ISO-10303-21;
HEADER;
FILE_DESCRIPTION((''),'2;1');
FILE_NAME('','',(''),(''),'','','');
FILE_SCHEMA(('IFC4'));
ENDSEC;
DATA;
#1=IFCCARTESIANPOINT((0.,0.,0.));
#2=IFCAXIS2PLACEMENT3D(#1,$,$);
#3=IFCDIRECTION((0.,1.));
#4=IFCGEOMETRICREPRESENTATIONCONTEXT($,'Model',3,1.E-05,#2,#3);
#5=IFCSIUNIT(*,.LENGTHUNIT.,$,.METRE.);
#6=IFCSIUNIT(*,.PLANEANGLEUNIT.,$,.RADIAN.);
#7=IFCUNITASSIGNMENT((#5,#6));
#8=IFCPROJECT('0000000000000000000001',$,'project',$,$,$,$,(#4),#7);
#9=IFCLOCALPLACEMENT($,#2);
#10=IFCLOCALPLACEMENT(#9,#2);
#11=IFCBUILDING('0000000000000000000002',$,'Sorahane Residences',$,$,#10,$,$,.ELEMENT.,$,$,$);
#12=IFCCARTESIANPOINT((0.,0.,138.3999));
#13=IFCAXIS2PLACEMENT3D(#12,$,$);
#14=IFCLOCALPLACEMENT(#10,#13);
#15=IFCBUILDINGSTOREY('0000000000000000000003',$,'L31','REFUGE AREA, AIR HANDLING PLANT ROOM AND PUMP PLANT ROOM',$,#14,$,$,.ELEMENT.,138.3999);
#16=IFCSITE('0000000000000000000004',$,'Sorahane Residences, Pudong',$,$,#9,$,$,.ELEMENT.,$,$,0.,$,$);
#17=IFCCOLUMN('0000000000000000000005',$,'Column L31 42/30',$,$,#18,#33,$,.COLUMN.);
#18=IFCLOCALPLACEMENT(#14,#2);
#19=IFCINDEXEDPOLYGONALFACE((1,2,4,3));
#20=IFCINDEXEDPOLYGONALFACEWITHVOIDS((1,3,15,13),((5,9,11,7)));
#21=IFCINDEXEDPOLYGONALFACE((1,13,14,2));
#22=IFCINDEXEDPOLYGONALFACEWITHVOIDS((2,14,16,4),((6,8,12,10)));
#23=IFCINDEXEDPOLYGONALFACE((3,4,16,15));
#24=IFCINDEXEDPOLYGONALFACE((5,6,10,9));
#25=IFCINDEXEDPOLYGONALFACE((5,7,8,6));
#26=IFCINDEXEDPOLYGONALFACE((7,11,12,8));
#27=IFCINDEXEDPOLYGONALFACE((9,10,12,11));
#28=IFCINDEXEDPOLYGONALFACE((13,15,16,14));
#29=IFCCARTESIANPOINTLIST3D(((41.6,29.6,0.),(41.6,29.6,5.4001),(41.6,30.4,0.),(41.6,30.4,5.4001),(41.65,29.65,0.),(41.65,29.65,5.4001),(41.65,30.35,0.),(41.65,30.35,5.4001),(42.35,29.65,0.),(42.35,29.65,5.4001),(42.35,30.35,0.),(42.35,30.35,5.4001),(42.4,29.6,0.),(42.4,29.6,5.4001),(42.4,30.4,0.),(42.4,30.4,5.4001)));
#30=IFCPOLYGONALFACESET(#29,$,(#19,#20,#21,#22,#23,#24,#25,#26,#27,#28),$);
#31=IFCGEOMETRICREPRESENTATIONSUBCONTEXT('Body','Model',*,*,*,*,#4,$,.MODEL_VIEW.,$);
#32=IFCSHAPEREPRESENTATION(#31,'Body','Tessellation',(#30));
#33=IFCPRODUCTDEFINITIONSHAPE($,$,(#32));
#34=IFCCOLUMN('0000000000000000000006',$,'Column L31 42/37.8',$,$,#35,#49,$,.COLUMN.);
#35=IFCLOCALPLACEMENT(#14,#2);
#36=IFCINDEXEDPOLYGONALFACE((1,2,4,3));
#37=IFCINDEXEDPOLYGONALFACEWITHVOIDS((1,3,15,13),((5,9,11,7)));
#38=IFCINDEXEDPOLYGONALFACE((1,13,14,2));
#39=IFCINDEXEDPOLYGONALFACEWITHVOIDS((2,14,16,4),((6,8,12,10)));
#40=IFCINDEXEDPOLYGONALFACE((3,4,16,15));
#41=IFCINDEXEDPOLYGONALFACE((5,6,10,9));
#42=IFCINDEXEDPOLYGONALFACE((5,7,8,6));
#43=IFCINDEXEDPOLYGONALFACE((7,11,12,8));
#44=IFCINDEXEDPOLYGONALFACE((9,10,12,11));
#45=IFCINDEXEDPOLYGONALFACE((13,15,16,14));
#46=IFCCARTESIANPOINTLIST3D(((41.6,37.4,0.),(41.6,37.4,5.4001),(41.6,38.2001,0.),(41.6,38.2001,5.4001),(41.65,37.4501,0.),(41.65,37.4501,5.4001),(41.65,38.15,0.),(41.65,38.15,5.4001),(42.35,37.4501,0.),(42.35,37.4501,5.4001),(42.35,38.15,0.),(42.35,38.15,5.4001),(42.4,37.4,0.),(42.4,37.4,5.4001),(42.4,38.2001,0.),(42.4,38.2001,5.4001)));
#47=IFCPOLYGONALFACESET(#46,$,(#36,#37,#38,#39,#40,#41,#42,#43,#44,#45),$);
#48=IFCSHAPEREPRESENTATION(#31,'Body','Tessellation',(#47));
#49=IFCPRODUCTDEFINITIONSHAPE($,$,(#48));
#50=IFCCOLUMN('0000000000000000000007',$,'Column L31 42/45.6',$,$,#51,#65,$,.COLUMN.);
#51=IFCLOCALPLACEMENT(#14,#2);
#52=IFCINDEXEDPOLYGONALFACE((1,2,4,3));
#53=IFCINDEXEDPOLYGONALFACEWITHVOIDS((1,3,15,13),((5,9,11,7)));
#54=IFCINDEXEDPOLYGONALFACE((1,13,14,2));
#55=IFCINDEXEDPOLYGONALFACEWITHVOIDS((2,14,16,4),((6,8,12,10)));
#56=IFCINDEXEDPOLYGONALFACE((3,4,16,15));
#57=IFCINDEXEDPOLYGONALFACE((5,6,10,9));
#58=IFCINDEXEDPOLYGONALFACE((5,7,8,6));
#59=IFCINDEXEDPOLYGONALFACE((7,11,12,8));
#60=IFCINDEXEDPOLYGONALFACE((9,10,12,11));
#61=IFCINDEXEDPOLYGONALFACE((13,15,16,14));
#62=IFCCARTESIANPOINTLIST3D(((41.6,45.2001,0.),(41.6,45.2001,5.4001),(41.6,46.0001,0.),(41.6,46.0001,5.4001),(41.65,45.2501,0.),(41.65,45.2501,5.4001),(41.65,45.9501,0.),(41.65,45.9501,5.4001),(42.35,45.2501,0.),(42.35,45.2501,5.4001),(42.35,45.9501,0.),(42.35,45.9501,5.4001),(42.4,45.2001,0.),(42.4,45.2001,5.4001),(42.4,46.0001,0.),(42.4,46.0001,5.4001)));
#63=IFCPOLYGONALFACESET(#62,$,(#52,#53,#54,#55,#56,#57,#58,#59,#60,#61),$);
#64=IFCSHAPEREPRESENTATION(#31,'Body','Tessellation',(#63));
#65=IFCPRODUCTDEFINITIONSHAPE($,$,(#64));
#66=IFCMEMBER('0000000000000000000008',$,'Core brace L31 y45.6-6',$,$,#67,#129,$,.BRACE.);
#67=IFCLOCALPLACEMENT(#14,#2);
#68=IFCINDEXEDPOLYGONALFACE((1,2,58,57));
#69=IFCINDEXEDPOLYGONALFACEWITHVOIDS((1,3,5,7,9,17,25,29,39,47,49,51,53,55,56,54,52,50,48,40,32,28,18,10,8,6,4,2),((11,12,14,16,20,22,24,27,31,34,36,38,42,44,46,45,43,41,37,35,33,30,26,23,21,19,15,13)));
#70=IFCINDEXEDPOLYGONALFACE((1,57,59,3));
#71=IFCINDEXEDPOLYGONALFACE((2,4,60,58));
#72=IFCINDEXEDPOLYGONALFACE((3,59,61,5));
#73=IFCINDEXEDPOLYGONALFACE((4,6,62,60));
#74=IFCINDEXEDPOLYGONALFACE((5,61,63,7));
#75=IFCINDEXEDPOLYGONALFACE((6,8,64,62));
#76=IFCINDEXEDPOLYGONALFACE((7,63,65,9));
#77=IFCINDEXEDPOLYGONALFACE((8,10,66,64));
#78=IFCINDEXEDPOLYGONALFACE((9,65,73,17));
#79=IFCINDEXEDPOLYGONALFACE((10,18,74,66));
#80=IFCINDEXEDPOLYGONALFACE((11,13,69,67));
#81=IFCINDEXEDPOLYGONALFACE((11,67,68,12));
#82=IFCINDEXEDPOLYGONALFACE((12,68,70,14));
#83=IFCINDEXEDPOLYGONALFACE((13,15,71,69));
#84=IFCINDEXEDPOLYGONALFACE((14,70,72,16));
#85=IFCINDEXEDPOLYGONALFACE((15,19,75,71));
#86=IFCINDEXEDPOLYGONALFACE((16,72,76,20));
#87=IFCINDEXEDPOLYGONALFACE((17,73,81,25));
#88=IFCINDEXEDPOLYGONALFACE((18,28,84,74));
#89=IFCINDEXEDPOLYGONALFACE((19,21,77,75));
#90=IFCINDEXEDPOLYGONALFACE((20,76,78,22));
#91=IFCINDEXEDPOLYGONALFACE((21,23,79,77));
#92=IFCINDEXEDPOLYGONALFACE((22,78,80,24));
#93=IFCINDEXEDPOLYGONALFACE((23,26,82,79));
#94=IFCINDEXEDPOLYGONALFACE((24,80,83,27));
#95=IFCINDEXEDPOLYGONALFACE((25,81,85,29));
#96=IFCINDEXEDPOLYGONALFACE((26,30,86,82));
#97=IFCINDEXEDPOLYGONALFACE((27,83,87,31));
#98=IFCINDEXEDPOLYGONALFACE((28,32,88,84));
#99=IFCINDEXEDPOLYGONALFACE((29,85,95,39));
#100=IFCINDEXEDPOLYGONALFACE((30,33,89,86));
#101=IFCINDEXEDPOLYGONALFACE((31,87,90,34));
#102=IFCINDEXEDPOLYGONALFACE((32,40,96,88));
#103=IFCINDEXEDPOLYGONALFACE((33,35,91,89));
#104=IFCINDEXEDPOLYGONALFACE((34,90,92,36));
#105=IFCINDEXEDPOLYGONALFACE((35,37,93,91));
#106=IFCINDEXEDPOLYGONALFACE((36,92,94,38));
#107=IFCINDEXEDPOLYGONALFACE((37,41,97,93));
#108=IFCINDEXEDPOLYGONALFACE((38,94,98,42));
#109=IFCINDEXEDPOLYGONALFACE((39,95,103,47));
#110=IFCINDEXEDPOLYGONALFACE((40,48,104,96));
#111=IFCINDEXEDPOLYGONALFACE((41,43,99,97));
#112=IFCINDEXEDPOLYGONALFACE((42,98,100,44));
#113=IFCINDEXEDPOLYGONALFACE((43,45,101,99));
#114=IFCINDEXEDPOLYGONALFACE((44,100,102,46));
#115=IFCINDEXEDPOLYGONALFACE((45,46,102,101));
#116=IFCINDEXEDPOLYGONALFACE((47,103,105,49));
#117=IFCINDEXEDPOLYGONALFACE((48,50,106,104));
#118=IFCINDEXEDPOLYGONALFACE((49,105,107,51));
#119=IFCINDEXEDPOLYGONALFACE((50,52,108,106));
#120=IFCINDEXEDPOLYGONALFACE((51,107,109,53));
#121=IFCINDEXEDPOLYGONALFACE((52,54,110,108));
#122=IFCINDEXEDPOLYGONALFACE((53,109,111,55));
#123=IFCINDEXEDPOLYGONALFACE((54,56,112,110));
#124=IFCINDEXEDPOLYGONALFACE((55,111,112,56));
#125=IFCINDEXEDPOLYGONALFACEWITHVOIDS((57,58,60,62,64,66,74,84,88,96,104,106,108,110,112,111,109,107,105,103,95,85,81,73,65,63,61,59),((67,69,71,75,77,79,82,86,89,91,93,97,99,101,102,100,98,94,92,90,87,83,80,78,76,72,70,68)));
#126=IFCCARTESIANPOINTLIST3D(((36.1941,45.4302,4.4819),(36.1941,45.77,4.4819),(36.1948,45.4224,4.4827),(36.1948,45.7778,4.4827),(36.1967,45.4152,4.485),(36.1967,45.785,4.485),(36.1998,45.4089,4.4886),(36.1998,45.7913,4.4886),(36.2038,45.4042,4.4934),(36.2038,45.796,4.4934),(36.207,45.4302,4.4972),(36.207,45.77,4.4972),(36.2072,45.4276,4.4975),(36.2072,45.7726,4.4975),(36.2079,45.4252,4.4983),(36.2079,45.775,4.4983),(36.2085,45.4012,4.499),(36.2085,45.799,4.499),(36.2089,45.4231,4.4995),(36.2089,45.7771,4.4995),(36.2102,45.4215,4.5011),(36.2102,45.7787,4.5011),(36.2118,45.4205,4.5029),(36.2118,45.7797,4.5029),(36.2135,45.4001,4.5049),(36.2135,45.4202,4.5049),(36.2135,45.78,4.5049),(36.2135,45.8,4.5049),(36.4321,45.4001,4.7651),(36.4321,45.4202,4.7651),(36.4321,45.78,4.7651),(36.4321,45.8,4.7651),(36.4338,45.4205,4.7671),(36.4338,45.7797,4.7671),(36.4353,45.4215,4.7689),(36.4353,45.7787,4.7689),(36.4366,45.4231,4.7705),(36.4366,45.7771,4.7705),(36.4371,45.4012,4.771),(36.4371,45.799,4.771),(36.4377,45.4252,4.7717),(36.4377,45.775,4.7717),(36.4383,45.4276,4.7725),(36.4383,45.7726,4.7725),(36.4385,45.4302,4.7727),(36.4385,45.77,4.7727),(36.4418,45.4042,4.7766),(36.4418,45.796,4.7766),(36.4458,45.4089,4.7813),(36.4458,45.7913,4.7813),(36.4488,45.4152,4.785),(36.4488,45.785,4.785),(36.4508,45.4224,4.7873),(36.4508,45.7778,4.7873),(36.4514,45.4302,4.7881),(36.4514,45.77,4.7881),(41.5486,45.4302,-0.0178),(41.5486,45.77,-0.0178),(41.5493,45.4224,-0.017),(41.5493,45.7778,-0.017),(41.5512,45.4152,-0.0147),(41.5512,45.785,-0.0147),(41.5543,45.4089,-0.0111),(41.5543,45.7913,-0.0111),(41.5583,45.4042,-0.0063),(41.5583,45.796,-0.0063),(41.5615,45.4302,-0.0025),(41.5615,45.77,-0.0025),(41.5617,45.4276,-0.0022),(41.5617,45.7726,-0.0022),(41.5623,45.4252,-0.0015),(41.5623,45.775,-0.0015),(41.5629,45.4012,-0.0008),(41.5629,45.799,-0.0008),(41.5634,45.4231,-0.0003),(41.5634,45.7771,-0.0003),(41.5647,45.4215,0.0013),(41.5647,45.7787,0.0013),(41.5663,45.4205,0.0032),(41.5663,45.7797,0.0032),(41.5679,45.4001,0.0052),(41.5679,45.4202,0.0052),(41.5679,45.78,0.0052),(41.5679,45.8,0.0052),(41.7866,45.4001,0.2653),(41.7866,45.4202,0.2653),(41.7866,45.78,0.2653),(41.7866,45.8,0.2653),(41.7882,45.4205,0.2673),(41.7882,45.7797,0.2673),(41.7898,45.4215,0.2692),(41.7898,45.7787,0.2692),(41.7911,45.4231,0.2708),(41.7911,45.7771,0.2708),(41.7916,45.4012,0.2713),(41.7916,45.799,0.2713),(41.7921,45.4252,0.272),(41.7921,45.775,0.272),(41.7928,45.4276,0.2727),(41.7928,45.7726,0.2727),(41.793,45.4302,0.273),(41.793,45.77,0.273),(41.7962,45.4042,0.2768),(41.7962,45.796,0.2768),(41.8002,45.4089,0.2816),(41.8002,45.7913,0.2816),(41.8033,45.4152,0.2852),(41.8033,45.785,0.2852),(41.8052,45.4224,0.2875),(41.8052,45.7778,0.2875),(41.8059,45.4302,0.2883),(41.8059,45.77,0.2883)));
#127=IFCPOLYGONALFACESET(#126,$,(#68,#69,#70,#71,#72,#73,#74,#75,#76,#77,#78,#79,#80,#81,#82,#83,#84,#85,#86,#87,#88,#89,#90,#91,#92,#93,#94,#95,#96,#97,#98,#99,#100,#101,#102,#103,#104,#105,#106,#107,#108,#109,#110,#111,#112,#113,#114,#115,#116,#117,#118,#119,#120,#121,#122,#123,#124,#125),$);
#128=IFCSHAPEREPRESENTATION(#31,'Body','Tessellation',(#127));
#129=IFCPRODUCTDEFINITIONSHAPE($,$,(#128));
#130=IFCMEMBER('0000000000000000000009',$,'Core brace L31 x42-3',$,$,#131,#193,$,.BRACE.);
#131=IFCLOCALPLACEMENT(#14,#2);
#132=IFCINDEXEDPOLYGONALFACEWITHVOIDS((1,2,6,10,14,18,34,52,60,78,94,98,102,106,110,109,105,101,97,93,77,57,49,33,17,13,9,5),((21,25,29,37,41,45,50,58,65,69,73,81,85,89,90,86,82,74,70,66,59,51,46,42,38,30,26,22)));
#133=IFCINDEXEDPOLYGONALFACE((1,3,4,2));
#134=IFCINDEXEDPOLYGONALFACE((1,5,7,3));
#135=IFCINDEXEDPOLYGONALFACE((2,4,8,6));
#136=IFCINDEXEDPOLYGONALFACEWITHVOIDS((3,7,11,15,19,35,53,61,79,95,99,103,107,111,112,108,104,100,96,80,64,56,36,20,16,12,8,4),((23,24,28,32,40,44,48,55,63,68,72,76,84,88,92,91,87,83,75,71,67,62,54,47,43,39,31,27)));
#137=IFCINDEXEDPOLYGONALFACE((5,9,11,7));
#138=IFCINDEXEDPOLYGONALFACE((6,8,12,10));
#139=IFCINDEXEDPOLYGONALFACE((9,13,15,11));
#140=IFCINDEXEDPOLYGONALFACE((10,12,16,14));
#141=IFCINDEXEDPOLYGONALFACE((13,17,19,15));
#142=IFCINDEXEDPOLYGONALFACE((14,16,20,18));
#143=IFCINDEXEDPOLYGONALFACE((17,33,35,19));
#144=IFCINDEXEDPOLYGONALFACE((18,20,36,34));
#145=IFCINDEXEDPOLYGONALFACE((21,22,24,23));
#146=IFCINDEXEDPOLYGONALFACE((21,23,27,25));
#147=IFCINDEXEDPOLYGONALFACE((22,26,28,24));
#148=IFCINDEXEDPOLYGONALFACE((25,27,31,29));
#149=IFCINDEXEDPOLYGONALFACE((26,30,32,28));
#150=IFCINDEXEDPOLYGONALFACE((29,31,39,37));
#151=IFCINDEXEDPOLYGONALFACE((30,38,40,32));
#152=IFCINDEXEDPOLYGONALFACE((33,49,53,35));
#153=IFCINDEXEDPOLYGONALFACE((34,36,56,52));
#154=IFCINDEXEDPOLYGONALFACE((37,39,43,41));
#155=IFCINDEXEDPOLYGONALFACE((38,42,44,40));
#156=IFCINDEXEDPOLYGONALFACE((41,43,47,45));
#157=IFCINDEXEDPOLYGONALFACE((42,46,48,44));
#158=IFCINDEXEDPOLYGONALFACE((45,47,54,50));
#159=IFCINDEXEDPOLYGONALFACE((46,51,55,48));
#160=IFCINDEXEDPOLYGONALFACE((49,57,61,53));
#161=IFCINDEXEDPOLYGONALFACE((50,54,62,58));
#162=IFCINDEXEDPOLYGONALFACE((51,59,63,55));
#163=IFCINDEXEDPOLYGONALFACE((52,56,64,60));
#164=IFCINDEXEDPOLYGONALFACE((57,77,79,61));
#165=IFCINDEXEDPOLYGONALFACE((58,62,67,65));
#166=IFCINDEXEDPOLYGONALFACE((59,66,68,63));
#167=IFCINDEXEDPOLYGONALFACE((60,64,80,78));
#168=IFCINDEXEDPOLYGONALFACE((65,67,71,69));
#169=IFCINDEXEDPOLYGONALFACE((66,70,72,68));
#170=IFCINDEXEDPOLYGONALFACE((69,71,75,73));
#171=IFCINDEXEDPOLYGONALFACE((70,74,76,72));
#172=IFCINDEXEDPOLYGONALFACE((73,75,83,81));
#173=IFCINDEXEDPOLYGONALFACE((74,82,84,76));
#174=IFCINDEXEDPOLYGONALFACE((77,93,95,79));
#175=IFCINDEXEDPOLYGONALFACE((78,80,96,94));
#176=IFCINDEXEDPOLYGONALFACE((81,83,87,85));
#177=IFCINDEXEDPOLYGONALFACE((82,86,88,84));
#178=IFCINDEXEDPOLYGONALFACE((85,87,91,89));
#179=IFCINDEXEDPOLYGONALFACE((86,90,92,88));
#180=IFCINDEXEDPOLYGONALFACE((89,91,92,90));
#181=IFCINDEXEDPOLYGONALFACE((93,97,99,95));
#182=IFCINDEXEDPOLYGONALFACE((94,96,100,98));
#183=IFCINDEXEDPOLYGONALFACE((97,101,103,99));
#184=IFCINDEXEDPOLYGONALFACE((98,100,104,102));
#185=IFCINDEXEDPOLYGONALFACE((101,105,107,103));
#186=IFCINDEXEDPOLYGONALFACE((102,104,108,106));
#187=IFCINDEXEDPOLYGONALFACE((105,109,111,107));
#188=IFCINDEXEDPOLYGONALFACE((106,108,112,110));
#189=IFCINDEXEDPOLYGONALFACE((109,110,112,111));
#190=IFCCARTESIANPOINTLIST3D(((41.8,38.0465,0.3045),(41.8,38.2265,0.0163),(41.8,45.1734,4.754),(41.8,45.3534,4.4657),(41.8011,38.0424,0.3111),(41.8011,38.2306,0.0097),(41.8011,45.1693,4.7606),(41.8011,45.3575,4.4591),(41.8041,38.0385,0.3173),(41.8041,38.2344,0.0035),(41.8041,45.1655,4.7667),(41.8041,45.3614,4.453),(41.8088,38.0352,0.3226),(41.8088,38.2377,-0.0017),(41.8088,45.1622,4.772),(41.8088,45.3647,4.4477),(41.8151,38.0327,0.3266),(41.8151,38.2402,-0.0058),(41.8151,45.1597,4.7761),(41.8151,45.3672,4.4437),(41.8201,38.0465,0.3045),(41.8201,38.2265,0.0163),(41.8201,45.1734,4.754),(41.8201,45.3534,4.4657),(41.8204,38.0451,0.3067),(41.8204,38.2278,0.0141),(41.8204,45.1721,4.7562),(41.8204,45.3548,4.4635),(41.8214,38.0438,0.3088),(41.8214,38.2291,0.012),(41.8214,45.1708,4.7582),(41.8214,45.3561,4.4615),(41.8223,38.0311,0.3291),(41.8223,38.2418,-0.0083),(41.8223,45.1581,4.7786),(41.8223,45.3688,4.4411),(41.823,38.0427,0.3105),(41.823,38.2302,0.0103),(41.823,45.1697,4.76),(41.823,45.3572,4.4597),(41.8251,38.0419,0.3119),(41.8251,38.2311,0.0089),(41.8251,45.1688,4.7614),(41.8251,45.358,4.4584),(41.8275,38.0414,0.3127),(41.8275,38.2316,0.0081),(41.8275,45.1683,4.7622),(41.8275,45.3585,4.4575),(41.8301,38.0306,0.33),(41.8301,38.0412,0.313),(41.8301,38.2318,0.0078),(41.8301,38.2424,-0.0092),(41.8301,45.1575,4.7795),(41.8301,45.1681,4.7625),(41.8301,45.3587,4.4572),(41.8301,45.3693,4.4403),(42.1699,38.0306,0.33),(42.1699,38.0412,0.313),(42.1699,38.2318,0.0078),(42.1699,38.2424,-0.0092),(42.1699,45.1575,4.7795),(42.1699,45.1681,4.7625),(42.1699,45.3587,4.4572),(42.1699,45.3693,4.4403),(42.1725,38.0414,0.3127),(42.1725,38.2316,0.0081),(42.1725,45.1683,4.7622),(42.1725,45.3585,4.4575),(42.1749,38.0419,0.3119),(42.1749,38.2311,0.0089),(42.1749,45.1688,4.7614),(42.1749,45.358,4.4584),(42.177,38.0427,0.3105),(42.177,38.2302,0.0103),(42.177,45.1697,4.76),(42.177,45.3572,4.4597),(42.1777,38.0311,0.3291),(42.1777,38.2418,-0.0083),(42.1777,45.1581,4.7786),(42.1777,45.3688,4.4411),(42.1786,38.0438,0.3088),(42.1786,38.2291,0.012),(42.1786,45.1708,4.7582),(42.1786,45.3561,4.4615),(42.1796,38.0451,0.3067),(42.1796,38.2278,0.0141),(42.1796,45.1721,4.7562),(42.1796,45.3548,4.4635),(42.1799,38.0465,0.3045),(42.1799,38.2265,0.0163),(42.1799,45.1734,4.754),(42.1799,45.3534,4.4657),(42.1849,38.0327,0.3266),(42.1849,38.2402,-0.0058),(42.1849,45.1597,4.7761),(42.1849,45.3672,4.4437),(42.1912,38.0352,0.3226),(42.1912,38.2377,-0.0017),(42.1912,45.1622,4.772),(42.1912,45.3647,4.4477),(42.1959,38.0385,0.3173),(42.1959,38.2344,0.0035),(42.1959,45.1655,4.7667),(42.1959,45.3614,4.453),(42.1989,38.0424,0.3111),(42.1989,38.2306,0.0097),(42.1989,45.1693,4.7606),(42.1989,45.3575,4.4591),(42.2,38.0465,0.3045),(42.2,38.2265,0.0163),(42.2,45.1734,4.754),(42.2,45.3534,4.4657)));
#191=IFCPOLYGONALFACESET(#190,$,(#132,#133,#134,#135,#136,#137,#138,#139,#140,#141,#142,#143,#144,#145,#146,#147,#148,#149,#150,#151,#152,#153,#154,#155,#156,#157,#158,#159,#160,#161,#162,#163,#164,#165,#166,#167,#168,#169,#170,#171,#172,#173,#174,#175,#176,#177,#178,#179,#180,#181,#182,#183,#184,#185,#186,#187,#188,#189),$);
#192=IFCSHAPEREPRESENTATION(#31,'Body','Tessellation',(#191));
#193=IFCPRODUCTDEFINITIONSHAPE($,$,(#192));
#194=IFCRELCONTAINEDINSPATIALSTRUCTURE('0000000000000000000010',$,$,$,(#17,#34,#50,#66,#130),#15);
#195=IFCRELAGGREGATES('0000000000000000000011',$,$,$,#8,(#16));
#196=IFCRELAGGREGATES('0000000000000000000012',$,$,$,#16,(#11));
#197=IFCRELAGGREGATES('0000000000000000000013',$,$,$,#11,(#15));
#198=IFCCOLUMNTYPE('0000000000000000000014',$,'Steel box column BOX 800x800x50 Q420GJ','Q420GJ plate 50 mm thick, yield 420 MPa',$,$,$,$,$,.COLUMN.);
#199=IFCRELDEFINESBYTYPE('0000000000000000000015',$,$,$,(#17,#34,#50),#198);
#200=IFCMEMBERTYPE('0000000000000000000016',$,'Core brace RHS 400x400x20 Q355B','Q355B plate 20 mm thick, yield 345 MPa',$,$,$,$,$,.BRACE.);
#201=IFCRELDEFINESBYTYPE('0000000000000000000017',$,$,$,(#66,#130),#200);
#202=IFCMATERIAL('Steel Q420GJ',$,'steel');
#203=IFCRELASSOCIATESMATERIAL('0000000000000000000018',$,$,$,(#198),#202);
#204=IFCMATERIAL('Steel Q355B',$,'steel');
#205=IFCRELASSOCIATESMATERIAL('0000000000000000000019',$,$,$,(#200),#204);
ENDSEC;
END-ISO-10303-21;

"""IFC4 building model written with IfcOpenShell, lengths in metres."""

from ifc_helpers import new_model, si_unit, direction, frame, origin, origin_2d, place, context, subcontext, project, spatial, hollow_rectangle, extrude, material, material_profile, profile_set, type_object, element, save


model = new_model("IFC4")

# Units and contexts
model_context = context("Model", 3, precision=1e-05, world=origin(), true_north=direction((0.0, 1.0)))
body_context = subcontext(model_context, "Body", "Model", "MODEL_VIEW")
ifc_project = project(units=[si_unit("LENGTHUNIT", "METRE"), si_unit("PLANEANGLEUNIT", "RADIAN")], contexts=[model_context])

# Site, building, storey
site_placement = place(None, origin())
site = spatial("IfcSite", under=ifc_project, at=site_placement, Name="Sorahane Residences, Pudong", CompositionType="ELEMENT", RefElevation=0.0)
building_placement = place(site_placement, origin())
building = spatial("IfcBuilding", under=site, at=building_placement, Name="Sorahane Residences", CompositionType="ELEMENT")
storey_placement = place(building_placement, frame((0.0, 0.0, 138.3999)))
storey = spatial("IfcBuildingStorey", under=building, at=storey_placement, Name="L31", Description="REFUGE AREA, AIR HANDLING PLANT ROOM AND PUMP PLANT ROOM", CompositionType="ELEMENT", Elevation=138.3999)

# Columns
ifc_material_1 = material(Name="Steel Q420GJ", Category="steel")
ifc_material_profile_1 = material_profile(ifc_material_1, hollow_rectangle(XDim=0.8, YDim=0.8, WallThickness=0.05, at=origin_2d()), Name="BOX 800x800x50")
ifc_profile_set_1 = profile_set([ifc_material_profile_1], Name="Steel Q420GJ")
column_type = type_object("IfcColumnType", Name="Steel box column BOX 800x800x50 Q420GJ", Description="Q420GJ plate 50 mm thick, yield 420 MPa", PredefinedType="COLUMN", material=ifc_profile_set_1)
for number, where, z_axis, x_axis, name in (
    (1, (42.0, 30.0, 0.0), (0.0, 0.0, 1.0), (1.0, 0.0, 0.0), "Column L31 42/30"),
    (2, (42.0, 37.8, 0.0), (0.0, 0.0, 1.0), (1.0, 0.0, 0.0), "Column L31 42/37.8"),
    (3, (42.0, 45.6001, 0.0), (0.0, 0.0, 1.0), (1.0, 0.0, 0.0), "Column L31 42/45.6"),
):
    element("IfcColumn", number, at=place(storey_placement, frame(where, z_axis=z_axis, x_axis=x_axis)), inside=storey, type_object=column_type, Name=name, PredefinedType="COLUMN", context=body_context, shape_type="SweptSolid", body=[
        extrude(hollow_rectangle(XDim=0.8, YDim=0.8, WallThickness=0.05, at=origin_2d()), origin(), (0.0, 0.0, 1.0), 5.4001),
    ])

# Members
ifc_material_2 = material(Name="Steel Q355B", Category="steel")
ifc_material_profile_2 = material_profile(ifc_material_2, hollow_rectangle(XDim=0.3999, YDim=0.3999, WallThickness=0.02, InnerFilletRadius=0.01, OuterFilletRadius=0.03, at=origin_2d()), Name="RHS 400x400x20")
ifc_profile_set_2 = profile_set([ifc_material_profile_2], Name="Steel Q355B")
member_type = type_object("IfcMemberType", Name="Core brace RHS 400x400x20 Q355B", Description="Q355B plate 20 mm thick, yield 345 MPa", PredefinedType="BRACE", material=ifc_profile_set_2)
member_1_placement = place(storey_placement, frame((41.6772, 45.6001, 0.1353), z_axis=(-0.765565, 0.0, 0.643358), x_axis=(0.0, -1.0, 0.0)))
element("IfcMember", 4, at=member_1_placement, inside=storey, type_object=member_type, Name="Core brace L31 y45.6-6", PredefinedType="BRACE", context=body_context, shape_type="SweptSolid", body=[
    extrude(hollow_rectangle(XDim=0.3999, YDim=0.3999, WallThickness=0.02, InnerFilletRadius=0.01, OuterFilletRadius=0.03, at=origin_2d()), origin(), (0.0, 0.0, 1.0), 6.9941),
])
member_2_placement = place(storey_placement, frame((42.0, 38.1365, 0.1604), z_axis=(0.0, 0.848259, 0.529581), x_axis=(-1.0, 0.0, 0.0)))
element("IfcMember", 5, at=member_2_placement, inside=storey, type_object=member_type, Name="Core brace L31 x42-3", PredefinedType="BRACE", context=body_context, shape_type="SweptSolid", body=[
    extrude(hollow_rectangle(XDim=0.3999, YDim=0.3999, WallThickness=0.02, InnerFilletRadius=0.01, OuterFilletRadius=0.03, at=origin_2d()), origin(), (0.0, 0.0, 1.0), 8.4019),
])

save(model, "model.ifc")
